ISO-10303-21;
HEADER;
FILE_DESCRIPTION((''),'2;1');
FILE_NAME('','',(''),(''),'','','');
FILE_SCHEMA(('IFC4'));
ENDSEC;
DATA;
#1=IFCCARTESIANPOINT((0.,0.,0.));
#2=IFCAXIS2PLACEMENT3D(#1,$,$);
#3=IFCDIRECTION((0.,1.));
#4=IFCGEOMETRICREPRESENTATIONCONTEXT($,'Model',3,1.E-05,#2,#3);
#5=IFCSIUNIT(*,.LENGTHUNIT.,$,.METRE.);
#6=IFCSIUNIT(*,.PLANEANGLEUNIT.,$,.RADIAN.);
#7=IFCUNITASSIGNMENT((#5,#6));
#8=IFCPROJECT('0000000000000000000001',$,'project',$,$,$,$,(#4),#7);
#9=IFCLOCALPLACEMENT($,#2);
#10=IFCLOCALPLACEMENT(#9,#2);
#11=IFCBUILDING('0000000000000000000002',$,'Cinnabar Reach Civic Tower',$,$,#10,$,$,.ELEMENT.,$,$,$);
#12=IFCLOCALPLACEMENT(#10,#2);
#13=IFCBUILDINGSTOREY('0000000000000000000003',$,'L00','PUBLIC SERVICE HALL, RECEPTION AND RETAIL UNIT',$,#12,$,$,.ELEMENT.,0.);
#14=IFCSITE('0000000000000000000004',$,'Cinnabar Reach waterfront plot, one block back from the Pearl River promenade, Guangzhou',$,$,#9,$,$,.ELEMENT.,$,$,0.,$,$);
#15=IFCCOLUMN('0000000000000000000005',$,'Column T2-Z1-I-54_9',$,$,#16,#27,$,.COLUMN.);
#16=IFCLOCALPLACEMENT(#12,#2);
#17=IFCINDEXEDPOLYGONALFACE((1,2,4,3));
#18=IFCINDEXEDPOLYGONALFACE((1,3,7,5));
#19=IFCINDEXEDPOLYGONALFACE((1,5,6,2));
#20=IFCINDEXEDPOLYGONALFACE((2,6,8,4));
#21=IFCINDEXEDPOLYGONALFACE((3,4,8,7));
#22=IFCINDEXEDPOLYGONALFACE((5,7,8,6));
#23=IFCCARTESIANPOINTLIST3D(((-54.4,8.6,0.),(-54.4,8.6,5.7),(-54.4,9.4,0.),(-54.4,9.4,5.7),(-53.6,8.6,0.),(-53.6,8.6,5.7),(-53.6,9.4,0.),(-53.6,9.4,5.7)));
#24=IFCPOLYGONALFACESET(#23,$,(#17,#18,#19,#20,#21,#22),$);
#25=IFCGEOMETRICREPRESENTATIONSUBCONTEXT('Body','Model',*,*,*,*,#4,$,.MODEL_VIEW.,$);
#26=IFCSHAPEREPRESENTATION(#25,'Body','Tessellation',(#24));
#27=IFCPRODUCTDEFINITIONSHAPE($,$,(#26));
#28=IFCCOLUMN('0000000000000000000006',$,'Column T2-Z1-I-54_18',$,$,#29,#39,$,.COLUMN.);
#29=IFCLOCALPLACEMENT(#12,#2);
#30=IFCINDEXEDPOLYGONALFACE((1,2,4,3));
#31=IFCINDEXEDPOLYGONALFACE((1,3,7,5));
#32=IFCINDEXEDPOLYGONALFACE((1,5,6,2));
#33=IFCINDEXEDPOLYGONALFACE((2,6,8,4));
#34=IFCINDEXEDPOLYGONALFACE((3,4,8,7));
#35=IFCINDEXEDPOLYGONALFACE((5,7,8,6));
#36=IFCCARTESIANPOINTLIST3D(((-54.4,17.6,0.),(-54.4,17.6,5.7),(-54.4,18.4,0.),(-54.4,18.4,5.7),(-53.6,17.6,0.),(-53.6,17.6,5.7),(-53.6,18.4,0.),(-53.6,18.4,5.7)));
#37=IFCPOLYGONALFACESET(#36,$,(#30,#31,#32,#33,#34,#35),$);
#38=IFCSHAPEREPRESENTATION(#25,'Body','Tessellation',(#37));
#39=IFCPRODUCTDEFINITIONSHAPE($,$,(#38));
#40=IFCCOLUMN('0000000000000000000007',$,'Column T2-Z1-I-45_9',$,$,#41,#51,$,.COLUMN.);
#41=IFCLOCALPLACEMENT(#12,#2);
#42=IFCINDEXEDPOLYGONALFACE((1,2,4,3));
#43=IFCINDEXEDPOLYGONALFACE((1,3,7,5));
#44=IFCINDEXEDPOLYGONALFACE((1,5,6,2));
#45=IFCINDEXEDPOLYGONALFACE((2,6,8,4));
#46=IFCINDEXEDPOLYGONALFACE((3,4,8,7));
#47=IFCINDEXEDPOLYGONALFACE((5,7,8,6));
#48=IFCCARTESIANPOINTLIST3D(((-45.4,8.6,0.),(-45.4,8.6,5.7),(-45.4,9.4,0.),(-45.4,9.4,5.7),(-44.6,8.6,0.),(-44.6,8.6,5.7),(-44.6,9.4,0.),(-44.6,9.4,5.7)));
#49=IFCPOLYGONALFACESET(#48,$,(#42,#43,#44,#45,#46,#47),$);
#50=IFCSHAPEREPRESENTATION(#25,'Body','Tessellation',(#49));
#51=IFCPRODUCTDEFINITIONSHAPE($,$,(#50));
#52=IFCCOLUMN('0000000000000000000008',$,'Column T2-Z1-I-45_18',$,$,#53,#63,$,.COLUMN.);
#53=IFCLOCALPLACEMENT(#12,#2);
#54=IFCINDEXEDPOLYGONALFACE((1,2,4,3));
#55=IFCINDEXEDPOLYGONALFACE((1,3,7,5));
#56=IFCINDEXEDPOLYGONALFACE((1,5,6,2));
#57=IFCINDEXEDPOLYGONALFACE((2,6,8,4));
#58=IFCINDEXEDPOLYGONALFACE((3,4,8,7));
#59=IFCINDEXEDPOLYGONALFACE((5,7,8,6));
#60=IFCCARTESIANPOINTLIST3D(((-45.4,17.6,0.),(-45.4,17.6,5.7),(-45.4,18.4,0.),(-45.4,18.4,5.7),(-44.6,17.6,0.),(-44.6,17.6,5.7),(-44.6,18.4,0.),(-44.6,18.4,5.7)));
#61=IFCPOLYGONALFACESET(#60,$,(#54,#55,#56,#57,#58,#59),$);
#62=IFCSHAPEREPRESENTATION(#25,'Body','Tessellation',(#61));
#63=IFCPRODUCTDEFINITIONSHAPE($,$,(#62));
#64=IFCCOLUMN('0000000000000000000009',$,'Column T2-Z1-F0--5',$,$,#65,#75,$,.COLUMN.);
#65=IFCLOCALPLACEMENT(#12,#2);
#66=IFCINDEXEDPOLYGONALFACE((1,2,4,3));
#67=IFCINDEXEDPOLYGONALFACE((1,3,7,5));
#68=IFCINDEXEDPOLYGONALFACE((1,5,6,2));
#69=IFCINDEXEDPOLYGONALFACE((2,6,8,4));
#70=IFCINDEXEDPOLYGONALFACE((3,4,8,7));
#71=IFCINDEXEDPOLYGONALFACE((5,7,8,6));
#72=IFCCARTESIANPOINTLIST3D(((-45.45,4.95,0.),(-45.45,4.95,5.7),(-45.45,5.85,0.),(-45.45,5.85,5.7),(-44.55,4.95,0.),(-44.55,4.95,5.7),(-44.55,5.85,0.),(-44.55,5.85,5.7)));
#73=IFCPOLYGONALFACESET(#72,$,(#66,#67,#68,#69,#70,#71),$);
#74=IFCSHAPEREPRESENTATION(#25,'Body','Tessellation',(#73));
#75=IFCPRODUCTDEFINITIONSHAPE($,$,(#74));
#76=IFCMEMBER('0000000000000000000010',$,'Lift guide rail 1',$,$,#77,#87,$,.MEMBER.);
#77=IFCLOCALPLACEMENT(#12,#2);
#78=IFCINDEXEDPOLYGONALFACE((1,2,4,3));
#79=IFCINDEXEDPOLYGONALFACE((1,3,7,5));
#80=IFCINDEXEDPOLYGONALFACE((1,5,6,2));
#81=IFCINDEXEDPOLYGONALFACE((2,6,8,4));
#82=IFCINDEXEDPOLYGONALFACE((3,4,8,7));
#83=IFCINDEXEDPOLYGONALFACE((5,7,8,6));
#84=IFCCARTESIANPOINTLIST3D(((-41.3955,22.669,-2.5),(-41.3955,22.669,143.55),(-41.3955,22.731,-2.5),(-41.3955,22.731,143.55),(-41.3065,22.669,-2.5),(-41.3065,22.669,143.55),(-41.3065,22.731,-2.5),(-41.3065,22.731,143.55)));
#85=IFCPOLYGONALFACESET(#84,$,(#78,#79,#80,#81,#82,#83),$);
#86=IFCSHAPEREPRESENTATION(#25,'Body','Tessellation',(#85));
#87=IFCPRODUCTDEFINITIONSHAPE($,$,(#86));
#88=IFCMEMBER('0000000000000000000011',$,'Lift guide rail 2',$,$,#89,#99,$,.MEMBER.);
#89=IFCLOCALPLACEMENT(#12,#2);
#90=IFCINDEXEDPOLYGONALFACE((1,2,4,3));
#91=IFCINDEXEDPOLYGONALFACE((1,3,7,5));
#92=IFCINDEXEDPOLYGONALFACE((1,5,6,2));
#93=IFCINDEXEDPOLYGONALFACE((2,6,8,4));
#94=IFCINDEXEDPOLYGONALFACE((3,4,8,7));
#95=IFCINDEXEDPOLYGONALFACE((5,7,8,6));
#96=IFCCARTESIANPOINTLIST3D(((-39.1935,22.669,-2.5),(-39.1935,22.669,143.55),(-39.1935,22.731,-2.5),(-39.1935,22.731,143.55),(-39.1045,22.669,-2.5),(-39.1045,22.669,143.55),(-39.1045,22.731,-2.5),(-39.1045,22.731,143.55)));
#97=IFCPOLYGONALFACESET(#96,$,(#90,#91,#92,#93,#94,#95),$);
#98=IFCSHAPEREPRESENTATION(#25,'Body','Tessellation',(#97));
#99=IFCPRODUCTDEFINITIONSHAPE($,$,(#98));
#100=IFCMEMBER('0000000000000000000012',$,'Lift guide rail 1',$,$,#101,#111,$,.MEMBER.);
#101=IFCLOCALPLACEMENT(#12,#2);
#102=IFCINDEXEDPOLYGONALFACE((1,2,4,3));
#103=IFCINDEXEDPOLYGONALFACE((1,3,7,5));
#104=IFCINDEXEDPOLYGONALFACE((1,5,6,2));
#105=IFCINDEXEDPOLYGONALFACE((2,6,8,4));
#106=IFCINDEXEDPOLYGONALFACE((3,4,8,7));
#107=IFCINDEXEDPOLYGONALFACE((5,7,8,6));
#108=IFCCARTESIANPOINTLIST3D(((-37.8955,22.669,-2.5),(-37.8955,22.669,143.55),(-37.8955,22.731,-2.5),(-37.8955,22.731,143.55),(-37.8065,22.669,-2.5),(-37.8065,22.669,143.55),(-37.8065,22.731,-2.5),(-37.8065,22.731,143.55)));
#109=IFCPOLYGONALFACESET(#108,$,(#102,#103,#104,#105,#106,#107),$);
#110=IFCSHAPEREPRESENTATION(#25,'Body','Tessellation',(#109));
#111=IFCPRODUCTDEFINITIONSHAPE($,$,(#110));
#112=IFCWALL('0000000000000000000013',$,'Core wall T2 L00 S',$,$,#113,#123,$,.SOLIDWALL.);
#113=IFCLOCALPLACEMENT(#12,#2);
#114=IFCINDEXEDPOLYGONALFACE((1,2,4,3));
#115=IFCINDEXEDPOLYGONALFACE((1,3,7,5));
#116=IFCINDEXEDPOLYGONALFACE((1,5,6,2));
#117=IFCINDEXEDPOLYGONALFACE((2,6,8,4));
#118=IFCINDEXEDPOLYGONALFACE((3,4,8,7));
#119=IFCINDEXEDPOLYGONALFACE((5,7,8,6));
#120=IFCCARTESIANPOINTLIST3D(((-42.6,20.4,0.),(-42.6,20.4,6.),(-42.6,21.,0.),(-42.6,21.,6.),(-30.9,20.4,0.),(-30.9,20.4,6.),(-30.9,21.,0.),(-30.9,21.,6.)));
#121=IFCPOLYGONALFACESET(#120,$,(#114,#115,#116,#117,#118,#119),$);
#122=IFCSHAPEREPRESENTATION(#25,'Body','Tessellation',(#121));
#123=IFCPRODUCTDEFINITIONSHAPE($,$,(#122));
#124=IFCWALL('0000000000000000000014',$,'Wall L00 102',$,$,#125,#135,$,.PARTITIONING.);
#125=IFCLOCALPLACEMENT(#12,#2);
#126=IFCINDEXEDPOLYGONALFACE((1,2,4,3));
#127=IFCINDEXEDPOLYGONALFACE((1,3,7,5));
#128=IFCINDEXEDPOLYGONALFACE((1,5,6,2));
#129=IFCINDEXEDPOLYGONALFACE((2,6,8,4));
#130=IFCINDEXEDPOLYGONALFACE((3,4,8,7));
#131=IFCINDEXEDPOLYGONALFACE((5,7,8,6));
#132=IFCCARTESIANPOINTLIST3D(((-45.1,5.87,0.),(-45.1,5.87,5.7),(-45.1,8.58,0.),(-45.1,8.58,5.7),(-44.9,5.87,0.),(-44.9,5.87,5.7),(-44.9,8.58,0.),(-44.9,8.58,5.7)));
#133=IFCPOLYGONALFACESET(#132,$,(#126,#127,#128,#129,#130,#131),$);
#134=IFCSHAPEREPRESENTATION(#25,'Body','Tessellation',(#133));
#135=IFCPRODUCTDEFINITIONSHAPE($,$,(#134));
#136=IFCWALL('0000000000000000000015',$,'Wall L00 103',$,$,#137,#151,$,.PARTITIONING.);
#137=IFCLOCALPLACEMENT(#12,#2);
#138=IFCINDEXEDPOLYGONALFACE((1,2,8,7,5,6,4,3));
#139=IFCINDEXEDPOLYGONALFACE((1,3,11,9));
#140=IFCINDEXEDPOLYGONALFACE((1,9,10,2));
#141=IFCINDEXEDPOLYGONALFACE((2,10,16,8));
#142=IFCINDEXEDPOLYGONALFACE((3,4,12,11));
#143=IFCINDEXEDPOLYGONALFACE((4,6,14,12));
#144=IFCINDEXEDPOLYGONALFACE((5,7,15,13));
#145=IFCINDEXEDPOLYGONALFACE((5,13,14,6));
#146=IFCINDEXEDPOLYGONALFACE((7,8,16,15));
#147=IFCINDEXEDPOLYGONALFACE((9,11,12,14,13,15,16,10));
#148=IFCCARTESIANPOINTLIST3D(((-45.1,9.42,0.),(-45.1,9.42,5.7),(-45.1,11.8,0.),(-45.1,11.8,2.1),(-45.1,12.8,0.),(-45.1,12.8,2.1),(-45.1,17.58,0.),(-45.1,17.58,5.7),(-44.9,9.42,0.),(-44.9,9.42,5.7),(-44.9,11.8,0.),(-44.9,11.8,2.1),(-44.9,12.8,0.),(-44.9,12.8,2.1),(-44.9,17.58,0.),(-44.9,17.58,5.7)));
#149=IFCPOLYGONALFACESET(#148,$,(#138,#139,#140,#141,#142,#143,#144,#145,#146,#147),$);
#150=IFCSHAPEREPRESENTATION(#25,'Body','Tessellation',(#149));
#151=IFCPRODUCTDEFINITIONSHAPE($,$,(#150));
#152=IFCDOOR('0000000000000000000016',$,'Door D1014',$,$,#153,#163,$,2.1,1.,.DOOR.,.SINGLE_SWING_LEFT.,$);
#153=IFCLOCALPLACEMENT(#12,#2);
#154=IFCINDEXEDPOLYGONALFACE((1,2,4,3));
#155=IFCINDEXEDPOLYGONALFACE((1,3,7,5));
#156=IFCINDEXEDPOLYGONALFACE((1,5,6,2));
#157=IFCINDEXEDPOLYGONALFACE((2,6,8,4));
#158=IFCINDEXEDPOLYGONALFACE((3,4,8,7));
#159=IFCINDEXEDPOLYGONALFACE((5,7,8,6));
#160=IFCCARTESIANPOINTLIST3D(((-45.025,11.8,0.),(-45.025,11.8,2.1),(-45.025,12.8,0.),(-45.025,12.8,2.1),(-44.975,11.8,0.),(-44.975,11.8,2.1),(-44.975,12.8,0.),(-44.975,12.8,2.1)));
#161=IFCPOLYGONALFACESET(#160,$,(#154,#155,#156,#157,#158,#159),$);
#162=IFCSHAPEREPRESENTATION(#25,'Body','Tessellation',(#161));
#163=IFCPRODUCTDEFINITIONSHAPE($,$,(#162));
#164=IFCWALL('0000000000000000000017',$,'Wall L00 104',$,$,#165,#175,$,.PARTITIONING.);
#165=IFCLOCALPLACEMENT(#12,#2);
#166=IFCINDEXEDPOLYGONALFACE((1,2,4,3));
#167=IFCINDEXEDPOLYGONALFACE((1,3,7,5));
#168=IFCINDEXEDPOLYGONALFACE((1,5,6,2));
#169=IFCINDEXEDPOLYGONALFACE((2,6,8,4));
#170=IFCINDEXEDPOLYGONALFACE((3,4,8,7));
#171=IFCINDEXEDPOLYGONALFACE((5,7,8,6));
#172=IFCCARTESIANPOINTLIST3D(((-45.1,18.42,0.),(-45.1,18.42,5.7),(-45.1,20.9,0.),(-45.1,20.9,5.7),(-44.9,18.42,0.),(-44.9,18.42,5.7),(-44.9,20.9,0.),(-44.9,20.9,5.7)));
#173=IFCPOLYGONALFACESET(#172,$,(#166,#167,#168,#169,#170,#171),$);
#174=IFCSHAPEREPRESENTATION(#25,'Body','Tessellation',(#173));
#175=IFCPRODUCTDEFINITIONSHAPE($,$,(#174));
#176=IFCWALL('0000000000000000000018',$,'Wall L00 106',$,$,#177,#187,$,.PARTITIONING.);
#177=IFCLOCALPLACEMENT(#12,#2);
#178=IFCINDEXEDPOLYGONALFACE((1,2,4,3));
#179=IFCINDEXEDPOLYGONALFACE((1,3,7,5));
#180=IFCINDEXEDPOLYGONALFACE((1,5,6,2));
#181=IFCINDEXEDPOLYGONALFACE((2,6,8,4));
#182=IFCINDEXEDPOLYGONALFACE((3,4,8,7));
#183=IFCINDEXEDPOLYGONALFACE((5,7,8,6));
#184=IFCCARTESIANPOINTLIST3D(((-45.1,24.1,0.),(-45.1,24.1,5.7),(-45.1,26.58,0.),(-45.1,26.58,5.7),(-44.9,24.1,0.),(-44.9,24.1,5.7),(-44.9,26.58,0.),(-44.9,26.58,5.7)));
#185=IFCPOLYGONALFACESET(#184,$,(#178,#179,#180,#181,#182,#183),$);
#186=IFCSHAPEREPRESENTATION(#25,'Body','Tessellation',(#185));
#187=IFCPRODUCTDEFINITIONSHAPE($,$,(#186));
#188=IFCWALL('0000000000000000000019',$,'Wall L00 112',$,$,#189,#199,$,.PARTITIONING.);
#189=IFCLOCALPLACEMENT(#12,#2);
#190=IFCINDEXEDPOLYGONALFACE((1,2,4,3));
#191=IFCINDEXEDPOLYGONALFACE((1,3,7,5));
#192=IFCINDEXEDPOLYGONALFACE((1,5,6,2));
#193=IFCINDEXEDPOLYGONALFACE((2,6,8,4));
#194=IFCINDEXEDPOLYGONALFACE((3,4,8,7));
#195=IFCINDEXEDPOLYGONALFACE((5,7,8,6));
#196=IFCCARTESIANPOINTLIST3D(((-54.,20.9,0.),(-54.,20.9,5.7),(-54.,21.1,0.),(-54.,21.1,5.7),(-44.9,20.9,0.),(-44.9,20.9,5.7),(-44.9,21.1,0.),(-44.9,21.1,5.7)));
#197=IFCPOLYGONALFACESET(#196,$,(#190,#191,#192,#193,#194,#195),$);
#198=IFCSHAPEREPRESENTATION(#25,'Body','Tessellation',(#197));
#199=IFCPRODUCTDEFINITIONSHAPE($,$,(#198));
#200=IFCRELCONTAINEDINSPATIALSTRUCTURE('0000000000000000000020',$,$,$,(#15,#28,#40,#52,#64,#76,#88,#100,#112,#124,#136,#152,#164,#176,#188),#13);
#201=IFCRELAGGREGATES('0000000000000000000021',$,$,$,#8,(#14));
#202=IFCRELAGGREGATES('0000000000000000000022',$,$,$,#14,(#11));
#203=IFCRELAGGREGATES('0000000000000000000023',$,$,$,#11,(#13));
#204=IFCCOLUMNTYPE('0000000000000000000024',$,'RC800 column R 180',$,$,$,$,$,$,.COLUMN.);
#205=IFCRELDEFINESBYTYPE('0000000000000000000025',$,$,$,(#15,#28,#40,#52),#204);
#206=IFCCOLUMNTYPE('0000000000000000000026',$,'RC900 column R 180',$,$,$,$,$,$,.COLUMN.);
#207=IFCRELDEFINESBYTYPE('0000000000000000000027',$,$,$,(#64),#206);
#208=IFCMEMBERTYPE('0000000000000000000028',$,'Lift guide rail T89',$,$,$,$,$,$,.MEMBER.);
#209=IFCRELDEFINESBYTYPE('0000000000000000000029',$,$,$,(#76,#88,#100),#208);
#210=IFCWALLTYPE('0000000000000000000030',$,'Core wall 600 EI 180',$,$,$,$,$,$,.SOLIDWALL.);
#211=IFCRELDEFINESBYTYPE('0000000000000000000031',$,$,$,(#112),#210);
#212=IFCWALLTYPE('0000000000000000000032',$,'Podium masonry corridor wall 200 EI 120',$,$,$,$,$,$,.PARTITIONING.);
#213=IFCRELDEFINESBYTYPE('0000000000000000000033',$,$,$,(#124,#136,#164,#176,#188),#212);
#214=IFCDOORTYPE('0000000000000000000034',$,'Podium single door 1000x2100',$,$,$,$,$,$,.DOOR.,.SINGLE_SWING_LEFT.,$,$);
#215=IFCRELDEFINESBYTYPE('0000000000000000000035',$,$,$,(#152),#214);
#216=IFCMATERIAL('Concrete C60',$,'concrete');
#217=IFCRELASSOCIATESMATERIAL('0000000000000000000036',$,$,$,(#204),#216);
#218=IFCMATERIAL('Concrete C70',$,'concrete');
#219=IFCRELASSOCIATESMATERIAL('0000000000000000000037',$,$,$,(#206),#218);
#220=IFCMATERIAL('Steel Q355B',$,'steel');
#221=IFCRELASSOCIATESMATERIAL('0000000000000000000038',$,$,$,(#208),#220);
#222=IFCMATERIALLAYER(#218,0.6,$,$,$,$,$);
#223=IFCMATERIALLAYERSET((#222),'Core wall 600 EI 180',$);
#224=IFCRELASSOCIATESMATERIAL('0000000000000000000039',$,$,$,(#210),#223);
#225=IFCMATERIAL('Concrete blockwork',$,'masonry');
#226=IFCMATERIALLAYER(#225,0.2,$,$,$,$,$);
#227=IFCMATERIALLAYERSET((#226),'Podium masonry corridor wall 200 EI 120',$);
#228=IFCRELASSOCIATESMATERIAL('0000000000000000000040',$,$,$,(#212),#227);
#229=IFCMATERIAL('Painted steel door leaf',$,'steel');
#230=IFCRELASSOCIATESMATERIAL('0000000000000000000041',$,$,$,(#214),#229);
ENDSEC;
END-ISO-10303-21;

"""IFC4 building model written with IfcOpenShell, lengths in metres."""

from ifc_helpers import new_model, si_unit, direction, frame, frame_2d, origin, origin_2d, place, context, subcontext, project, spatial, rectangle, extrude, material, layer, layer_set, material_profile, profile_set, type_object, element, fill, save


model = new_model("IFC4")

# Units and contexts
model_context = context("Model", 3, precision=1e-05, world=origin(), true_north=direction((0.0, 1.0)))
body_context = subcontext(model_context, "Body", "Model", "MODEL_VIEW")
ifc_project = project(units=[si_unit("LENGTHUNIT", "METRE"), si_unit("PLANEANGLEUNIT", "RADIAN")], contexts=[model_context])

# Site, building, storey
site_placement = place(None, origin())
site = spatial("IfcSite", under=ifc_project, at=site_placement, Name="Cinnabar Reach waterfront plot, one block back from the Pearl River promenade, Guangzhou", CompositionType="ELEMENT", RefElevation=0.0)
building_placement = place(site_placement, origin())
building = spatial("IfcBuilding", under=site, at=building_placement, Name="Cinnabar Reach Civic Tower", CompositionType="ELEMENT")
storey_placement = place(building_placement, origin())
storey = spatial("IfcBuildingStorey", under=building, at=storey_placement, Name="L00", Description="PUBLIC SERVICE HALL, RECEPTION AND RETAIL UNIT", CompositionType="ELEMENT", Elevation=0.0)

# Columns
ifc_material_1 = material(Name="Concrete C60", Category="concrete")
ifc_material_profile_1 = material_profile(ifc_material_1, rectangle(XDim=0.8, YDim=0.8, at=origin_2d()), Name="RC800")
ifc_profile_set_1 = profile_set([ifc_material_profile_1], Name="Concrete C60")
column_type_1 = type_object("IfcColumnType", Name="RC800 column R 180", PredefinedType="COLUMN", material=ifc_profile_set_1)
for number, where, z_axis, x_axis, name in (
    (1, (-54.0, 9.0, 0.0), (0.0, 0.0, 1.0), (1.0, 0.0, 0.0), "Column T2-Z1-I-54_9"),
    (2, (-54.0, 18.0, 0.0), (0.0, 0.0, 1.0), (1.0, 0.0, 0.0), "Column T2-Z1-I-54_18"),
    (3, (-45.0, 9.0, 0.0), (0.0, 0.0, 1.0), (1.0, 0.0, 0.0), "Column T2-Z1-I-45_9"),
    (4, (-45.0, 18.0, 0.0), (0.0, 0.0, 1.0), (1.0, 0.0, 0.0), "Column T2-Z1-I-45_18"),
):
    element("IfcColumn", number, at=place(storey_placement, frame(where, z_axis=z_axis, x_axis=x_axis)), inside=storey, type_object=column_type_1, Name=name, PredefinedType="COLUMN", context=body_context, shape_type="SweptSolid", body=[
        extrude(rectangle(XDim=0.8, YDim=0.8, at=origin_2d()), origin(), (0.0, 0.0, 1.0), 5.7),
    ])
ifc_material_2 = material(Name="Concrete C70", Category="concrete")
ifc_material_profile_2 = material_profile(ifc_material_2, rectangle(XDim=0.9, YDim=0.9, at=origin_2d()), Name="RC900")
ifc_profile_set_2 = profile_set([ifc_material_profile_2], Name="Concrete C70")
column_type_2 = type_object("IfcColumnType", Name="RC900 column R 180", PredefinedType="COLUMN", material=ifc_profile_set_2)
column_placement = place(storey_placement, frame((-45.0, 5.4, 0.0), z_axis=(0.0, 0.0, 1.0), x_axis=(1.0, 0.0, 0.0)))
element("IfcColumn", 5, at=column_placement, inside=storey, type_object=column_type_2, Name="Column T2-Z1-F0--5", PredefinedType="COLUMN", context=body_context, shape_type="SweptSolid", body=[
    extrude(rectangle(XDim=0.9, YDim=0.9, at=origin_2d()), origin(), (0.0, 0.0, 1.0), 5.7),
])

# Members
ifc_material_3 = material(Name="Steel Q355B", Category="steel")
ifc_material_profile_3 = material_profile(ifc_material_3, rectangle(XDim=0.089, YDim=0.062, at=origin_2d()), Name="T89")
ifc_profile_set_3 = profile_set([ifc_material_profile_3], Name="Steel Q355B")
member_type = type_object("IfcMemberType", Name="Lift guide rail T89", PredefinedType="MEMBER", material=ifc_profile_set_3)
for number, where, z_axis, x_axis, name in (
    (6, (-41.351, 22.7, -2.5), (0.0, 0.0, 1.0), (1.0, 0.0, 0.0), "Lift guide rail 1"),
    (7, (-39.149, 22.7, -2.5), (0.0, 0.0, 1.0), (1.0, 0.0, 0.0), "Lift guide rail 2"),
    (8, (-37.851, 22.7, -2.5), (0.0, 0.0, 1.0), (1.0, 0.0, 0.0), "Lift guide rail 1"),
):
    element("IfcMember", number, at=place(storey_placement, frame(where, z_axis=z_axis, x_axis=x_axis)), inside=storey, type_object=member_type, Name=name, PredefinedType="MEMBER", context=body_context, shape_type="SweptSolid", body=[
        extrude(rectangle(XDim=0.089, YDim=0.062, at=origin_2d()), origin(), (0.0, 0.0, 1.0), 146.05),
    ])

# Walls
ifc_layer_1 = layer(ifc_material_2, 0.6)
ifc_layer_set_1 = layer_set([ifc_layer_1], Name="Core wall 600 EI 180")
wall_type_1 = type_object("IfcWallType", Name="Core wall 600 EI 180", PredefinedType="SOLIDWALL", material=ifc_layer_set_1)
wall_1_placement = place(storey_placement, frame((-42.6, 20.7, 0.0), z_axis=(0.0, 0.0, 1.0), x_axis=(1.0, 0.0, 0.0)))
element("IfcWall", 9, at=wall_1_placement, inside=storey, type_object=wall_type_1, Name="Core wall T2 L00 S", PredefinedType="SOLIDWALL", context=body_context, shape_type="SweptSolid", body=[
    extrude(rectangle(XDim=11.7, YDim=0.6, at=frame_2d((5.85, 0.0))), origin(), (0.0, 0.0, 1.0), 6.0),
])
ifc_material_4 = material(Name="Concrete blockwork", Category="masonry")
ifc_layer_2 = layer(ifc_material_4, 0.2)
ifc_layer_set_2 = layer_set([ifc_layer_2], Name="Podium masonry corridor wall 200 EI 120")
wall_type_2 = type_object("IfcWallType", Name="Podium masonry corridor wall 200 EI 120", PredefinedType="PARTITIONING", material=ifc_layer_set_2)
wall_2_placement = place(storey_placement, frame((-45.0, 5.87, 0.0), z_axis=(0.0, 0.0, 1.0), x_axis=(0.0, 1.0, 0.0)))
element("IfcWall", 10, at=wall_2_placement, inside=storey, type_object=wall_type_2, Name="Wall L00 102", PredefinedType="PARTITIONING", context=body_context, shape_type="SweptSolid", body=[
    extrude(rectangle(XDim=2.71, YDim=0.2, at=frame_2d((1.355, 0.0))), origin(), (0.0, 0.0, 1.0), 5.7),
])

# Wall, opening, door
wall_3_placement = place(storey_placement, frame((-45.0, 9.42, 0.0), z_axis=(0.0, 0.0, 1.0), x_axis=(0.0, 1.0, 0.0)))
wall_3 = element("IfcWall", 11, at=wall_3_placement, inside=storey, type_object=wall_type_2, Name="Wall L00 103", PredefinedType="PARTITIONING", context=body_context, shape_type="SweptSolid", body=[
    extrude(rectangle(XDim=8.16, YDim=0.2, at=frame_2d((4.08, 0.0))), origin(), (0.0, 0.0, 1.0), 5.7),
])
opening_1_placement = place(wall_3_placement, frame((2.38, 0.0, 0.0)))
opening_1 = element("IfcOpeningElement", 12, at=opening_1_placement, cuts=wall_3, PredefinedType="OPENING", context=body_context, shape_type="SweptSolid", body=[
    extrude(rectangle(XDim=1.0, YDim=2.1, at=frame_2d((0.5, 1.05))), frame((0.0, 0.11, 0.0), z_axis=(0.0, -1.0, 0.0), x_axis=(1.0, 0.0, 0.0)), (0.0, 0.0, 1.0), 0.22),
])
ifc_material_5 = material(Name="Painted steel door leaf", Category="steel")
door_type_1 = type_object("IfcDoorType", Name="Podium single door 1000x2100", OperationType="SINGLE_SWING_LEFT", PredefinedType="DOOR", material=ifc_material_5)
door_1_placement = place(opening_1_placement, origin())
door_1 = element("IfcDoor", 13, at=door_1_placement, inside=storey, type_object=door_type_1, Name="Door D1014", OperationType="SINGLE_SWING_LEFT", OverallHeight=2.1, OverallWidth=1.0, PredefinedType="DOOR", context=body_context, shape_type="SweptSolid", body=[
    extrude(rectangle(XDim=1.0, YDim=2.1, at=frame_2d((0.5, 1.05))), frame((0.0, 0.025, 0.0), z_axis=(0.0, -1.0, 0.0), x_axis=(1.0, 0.0, 0.0)), (0.0, 0.0, 1.0), 0.05),
])
fill(opening_1, door_1)

# Walls
for number, where, z_axis, x_axis, name in (
    (14, (-45.0, 18.42, 0.0), (0.0, 0.0, 1.0), (0.0, 1.0, 0.0), "Wall L00 104"),
    (15, (-45.0, 24.1, 0.0), (0.0, 0.0, 1.0), (0.0, 1.0, 0.0), "Wall L00 106"),
):
    element("IfcWall", number, at=place(storey_placement, frame(where, z_axis=z_axis, x_axis=x_axis)), inside=storey, type_object=wall_type_2, Name=name, PredefinedType="PARTITIONING", context=body_context, shape_type="SweptSolid", body=[
        extrude(rectangle(XDim=2.48, YDim=0.2, at=frame_2d((1.24, 0.0))), origin(), (0.0, 0.0, 1.0), 5.7),
    ])
wall_4_placement = place(storey_placement, frame((-54.0, 21.0, 0.0), z_axis=(0.0, 0.0, 1.0), x_axis=(1.0, 0.0, 0.0)))
element("IfcWall", 16, at=wall_4_placement, inside=storey, type_object=wall_type_2, Name="Wall L00 112", PredefinedType="PARTITIONING", context=body_context, shape_type="SweptSolid", body=[
    extrude(rectangle(XDim=9.1, YDim=0.2, at=frame_2d((4.55, 0.0))), origin(), (0.0, 0.0, 1.0), 5.7),
])

save(model, "model.ifc")
